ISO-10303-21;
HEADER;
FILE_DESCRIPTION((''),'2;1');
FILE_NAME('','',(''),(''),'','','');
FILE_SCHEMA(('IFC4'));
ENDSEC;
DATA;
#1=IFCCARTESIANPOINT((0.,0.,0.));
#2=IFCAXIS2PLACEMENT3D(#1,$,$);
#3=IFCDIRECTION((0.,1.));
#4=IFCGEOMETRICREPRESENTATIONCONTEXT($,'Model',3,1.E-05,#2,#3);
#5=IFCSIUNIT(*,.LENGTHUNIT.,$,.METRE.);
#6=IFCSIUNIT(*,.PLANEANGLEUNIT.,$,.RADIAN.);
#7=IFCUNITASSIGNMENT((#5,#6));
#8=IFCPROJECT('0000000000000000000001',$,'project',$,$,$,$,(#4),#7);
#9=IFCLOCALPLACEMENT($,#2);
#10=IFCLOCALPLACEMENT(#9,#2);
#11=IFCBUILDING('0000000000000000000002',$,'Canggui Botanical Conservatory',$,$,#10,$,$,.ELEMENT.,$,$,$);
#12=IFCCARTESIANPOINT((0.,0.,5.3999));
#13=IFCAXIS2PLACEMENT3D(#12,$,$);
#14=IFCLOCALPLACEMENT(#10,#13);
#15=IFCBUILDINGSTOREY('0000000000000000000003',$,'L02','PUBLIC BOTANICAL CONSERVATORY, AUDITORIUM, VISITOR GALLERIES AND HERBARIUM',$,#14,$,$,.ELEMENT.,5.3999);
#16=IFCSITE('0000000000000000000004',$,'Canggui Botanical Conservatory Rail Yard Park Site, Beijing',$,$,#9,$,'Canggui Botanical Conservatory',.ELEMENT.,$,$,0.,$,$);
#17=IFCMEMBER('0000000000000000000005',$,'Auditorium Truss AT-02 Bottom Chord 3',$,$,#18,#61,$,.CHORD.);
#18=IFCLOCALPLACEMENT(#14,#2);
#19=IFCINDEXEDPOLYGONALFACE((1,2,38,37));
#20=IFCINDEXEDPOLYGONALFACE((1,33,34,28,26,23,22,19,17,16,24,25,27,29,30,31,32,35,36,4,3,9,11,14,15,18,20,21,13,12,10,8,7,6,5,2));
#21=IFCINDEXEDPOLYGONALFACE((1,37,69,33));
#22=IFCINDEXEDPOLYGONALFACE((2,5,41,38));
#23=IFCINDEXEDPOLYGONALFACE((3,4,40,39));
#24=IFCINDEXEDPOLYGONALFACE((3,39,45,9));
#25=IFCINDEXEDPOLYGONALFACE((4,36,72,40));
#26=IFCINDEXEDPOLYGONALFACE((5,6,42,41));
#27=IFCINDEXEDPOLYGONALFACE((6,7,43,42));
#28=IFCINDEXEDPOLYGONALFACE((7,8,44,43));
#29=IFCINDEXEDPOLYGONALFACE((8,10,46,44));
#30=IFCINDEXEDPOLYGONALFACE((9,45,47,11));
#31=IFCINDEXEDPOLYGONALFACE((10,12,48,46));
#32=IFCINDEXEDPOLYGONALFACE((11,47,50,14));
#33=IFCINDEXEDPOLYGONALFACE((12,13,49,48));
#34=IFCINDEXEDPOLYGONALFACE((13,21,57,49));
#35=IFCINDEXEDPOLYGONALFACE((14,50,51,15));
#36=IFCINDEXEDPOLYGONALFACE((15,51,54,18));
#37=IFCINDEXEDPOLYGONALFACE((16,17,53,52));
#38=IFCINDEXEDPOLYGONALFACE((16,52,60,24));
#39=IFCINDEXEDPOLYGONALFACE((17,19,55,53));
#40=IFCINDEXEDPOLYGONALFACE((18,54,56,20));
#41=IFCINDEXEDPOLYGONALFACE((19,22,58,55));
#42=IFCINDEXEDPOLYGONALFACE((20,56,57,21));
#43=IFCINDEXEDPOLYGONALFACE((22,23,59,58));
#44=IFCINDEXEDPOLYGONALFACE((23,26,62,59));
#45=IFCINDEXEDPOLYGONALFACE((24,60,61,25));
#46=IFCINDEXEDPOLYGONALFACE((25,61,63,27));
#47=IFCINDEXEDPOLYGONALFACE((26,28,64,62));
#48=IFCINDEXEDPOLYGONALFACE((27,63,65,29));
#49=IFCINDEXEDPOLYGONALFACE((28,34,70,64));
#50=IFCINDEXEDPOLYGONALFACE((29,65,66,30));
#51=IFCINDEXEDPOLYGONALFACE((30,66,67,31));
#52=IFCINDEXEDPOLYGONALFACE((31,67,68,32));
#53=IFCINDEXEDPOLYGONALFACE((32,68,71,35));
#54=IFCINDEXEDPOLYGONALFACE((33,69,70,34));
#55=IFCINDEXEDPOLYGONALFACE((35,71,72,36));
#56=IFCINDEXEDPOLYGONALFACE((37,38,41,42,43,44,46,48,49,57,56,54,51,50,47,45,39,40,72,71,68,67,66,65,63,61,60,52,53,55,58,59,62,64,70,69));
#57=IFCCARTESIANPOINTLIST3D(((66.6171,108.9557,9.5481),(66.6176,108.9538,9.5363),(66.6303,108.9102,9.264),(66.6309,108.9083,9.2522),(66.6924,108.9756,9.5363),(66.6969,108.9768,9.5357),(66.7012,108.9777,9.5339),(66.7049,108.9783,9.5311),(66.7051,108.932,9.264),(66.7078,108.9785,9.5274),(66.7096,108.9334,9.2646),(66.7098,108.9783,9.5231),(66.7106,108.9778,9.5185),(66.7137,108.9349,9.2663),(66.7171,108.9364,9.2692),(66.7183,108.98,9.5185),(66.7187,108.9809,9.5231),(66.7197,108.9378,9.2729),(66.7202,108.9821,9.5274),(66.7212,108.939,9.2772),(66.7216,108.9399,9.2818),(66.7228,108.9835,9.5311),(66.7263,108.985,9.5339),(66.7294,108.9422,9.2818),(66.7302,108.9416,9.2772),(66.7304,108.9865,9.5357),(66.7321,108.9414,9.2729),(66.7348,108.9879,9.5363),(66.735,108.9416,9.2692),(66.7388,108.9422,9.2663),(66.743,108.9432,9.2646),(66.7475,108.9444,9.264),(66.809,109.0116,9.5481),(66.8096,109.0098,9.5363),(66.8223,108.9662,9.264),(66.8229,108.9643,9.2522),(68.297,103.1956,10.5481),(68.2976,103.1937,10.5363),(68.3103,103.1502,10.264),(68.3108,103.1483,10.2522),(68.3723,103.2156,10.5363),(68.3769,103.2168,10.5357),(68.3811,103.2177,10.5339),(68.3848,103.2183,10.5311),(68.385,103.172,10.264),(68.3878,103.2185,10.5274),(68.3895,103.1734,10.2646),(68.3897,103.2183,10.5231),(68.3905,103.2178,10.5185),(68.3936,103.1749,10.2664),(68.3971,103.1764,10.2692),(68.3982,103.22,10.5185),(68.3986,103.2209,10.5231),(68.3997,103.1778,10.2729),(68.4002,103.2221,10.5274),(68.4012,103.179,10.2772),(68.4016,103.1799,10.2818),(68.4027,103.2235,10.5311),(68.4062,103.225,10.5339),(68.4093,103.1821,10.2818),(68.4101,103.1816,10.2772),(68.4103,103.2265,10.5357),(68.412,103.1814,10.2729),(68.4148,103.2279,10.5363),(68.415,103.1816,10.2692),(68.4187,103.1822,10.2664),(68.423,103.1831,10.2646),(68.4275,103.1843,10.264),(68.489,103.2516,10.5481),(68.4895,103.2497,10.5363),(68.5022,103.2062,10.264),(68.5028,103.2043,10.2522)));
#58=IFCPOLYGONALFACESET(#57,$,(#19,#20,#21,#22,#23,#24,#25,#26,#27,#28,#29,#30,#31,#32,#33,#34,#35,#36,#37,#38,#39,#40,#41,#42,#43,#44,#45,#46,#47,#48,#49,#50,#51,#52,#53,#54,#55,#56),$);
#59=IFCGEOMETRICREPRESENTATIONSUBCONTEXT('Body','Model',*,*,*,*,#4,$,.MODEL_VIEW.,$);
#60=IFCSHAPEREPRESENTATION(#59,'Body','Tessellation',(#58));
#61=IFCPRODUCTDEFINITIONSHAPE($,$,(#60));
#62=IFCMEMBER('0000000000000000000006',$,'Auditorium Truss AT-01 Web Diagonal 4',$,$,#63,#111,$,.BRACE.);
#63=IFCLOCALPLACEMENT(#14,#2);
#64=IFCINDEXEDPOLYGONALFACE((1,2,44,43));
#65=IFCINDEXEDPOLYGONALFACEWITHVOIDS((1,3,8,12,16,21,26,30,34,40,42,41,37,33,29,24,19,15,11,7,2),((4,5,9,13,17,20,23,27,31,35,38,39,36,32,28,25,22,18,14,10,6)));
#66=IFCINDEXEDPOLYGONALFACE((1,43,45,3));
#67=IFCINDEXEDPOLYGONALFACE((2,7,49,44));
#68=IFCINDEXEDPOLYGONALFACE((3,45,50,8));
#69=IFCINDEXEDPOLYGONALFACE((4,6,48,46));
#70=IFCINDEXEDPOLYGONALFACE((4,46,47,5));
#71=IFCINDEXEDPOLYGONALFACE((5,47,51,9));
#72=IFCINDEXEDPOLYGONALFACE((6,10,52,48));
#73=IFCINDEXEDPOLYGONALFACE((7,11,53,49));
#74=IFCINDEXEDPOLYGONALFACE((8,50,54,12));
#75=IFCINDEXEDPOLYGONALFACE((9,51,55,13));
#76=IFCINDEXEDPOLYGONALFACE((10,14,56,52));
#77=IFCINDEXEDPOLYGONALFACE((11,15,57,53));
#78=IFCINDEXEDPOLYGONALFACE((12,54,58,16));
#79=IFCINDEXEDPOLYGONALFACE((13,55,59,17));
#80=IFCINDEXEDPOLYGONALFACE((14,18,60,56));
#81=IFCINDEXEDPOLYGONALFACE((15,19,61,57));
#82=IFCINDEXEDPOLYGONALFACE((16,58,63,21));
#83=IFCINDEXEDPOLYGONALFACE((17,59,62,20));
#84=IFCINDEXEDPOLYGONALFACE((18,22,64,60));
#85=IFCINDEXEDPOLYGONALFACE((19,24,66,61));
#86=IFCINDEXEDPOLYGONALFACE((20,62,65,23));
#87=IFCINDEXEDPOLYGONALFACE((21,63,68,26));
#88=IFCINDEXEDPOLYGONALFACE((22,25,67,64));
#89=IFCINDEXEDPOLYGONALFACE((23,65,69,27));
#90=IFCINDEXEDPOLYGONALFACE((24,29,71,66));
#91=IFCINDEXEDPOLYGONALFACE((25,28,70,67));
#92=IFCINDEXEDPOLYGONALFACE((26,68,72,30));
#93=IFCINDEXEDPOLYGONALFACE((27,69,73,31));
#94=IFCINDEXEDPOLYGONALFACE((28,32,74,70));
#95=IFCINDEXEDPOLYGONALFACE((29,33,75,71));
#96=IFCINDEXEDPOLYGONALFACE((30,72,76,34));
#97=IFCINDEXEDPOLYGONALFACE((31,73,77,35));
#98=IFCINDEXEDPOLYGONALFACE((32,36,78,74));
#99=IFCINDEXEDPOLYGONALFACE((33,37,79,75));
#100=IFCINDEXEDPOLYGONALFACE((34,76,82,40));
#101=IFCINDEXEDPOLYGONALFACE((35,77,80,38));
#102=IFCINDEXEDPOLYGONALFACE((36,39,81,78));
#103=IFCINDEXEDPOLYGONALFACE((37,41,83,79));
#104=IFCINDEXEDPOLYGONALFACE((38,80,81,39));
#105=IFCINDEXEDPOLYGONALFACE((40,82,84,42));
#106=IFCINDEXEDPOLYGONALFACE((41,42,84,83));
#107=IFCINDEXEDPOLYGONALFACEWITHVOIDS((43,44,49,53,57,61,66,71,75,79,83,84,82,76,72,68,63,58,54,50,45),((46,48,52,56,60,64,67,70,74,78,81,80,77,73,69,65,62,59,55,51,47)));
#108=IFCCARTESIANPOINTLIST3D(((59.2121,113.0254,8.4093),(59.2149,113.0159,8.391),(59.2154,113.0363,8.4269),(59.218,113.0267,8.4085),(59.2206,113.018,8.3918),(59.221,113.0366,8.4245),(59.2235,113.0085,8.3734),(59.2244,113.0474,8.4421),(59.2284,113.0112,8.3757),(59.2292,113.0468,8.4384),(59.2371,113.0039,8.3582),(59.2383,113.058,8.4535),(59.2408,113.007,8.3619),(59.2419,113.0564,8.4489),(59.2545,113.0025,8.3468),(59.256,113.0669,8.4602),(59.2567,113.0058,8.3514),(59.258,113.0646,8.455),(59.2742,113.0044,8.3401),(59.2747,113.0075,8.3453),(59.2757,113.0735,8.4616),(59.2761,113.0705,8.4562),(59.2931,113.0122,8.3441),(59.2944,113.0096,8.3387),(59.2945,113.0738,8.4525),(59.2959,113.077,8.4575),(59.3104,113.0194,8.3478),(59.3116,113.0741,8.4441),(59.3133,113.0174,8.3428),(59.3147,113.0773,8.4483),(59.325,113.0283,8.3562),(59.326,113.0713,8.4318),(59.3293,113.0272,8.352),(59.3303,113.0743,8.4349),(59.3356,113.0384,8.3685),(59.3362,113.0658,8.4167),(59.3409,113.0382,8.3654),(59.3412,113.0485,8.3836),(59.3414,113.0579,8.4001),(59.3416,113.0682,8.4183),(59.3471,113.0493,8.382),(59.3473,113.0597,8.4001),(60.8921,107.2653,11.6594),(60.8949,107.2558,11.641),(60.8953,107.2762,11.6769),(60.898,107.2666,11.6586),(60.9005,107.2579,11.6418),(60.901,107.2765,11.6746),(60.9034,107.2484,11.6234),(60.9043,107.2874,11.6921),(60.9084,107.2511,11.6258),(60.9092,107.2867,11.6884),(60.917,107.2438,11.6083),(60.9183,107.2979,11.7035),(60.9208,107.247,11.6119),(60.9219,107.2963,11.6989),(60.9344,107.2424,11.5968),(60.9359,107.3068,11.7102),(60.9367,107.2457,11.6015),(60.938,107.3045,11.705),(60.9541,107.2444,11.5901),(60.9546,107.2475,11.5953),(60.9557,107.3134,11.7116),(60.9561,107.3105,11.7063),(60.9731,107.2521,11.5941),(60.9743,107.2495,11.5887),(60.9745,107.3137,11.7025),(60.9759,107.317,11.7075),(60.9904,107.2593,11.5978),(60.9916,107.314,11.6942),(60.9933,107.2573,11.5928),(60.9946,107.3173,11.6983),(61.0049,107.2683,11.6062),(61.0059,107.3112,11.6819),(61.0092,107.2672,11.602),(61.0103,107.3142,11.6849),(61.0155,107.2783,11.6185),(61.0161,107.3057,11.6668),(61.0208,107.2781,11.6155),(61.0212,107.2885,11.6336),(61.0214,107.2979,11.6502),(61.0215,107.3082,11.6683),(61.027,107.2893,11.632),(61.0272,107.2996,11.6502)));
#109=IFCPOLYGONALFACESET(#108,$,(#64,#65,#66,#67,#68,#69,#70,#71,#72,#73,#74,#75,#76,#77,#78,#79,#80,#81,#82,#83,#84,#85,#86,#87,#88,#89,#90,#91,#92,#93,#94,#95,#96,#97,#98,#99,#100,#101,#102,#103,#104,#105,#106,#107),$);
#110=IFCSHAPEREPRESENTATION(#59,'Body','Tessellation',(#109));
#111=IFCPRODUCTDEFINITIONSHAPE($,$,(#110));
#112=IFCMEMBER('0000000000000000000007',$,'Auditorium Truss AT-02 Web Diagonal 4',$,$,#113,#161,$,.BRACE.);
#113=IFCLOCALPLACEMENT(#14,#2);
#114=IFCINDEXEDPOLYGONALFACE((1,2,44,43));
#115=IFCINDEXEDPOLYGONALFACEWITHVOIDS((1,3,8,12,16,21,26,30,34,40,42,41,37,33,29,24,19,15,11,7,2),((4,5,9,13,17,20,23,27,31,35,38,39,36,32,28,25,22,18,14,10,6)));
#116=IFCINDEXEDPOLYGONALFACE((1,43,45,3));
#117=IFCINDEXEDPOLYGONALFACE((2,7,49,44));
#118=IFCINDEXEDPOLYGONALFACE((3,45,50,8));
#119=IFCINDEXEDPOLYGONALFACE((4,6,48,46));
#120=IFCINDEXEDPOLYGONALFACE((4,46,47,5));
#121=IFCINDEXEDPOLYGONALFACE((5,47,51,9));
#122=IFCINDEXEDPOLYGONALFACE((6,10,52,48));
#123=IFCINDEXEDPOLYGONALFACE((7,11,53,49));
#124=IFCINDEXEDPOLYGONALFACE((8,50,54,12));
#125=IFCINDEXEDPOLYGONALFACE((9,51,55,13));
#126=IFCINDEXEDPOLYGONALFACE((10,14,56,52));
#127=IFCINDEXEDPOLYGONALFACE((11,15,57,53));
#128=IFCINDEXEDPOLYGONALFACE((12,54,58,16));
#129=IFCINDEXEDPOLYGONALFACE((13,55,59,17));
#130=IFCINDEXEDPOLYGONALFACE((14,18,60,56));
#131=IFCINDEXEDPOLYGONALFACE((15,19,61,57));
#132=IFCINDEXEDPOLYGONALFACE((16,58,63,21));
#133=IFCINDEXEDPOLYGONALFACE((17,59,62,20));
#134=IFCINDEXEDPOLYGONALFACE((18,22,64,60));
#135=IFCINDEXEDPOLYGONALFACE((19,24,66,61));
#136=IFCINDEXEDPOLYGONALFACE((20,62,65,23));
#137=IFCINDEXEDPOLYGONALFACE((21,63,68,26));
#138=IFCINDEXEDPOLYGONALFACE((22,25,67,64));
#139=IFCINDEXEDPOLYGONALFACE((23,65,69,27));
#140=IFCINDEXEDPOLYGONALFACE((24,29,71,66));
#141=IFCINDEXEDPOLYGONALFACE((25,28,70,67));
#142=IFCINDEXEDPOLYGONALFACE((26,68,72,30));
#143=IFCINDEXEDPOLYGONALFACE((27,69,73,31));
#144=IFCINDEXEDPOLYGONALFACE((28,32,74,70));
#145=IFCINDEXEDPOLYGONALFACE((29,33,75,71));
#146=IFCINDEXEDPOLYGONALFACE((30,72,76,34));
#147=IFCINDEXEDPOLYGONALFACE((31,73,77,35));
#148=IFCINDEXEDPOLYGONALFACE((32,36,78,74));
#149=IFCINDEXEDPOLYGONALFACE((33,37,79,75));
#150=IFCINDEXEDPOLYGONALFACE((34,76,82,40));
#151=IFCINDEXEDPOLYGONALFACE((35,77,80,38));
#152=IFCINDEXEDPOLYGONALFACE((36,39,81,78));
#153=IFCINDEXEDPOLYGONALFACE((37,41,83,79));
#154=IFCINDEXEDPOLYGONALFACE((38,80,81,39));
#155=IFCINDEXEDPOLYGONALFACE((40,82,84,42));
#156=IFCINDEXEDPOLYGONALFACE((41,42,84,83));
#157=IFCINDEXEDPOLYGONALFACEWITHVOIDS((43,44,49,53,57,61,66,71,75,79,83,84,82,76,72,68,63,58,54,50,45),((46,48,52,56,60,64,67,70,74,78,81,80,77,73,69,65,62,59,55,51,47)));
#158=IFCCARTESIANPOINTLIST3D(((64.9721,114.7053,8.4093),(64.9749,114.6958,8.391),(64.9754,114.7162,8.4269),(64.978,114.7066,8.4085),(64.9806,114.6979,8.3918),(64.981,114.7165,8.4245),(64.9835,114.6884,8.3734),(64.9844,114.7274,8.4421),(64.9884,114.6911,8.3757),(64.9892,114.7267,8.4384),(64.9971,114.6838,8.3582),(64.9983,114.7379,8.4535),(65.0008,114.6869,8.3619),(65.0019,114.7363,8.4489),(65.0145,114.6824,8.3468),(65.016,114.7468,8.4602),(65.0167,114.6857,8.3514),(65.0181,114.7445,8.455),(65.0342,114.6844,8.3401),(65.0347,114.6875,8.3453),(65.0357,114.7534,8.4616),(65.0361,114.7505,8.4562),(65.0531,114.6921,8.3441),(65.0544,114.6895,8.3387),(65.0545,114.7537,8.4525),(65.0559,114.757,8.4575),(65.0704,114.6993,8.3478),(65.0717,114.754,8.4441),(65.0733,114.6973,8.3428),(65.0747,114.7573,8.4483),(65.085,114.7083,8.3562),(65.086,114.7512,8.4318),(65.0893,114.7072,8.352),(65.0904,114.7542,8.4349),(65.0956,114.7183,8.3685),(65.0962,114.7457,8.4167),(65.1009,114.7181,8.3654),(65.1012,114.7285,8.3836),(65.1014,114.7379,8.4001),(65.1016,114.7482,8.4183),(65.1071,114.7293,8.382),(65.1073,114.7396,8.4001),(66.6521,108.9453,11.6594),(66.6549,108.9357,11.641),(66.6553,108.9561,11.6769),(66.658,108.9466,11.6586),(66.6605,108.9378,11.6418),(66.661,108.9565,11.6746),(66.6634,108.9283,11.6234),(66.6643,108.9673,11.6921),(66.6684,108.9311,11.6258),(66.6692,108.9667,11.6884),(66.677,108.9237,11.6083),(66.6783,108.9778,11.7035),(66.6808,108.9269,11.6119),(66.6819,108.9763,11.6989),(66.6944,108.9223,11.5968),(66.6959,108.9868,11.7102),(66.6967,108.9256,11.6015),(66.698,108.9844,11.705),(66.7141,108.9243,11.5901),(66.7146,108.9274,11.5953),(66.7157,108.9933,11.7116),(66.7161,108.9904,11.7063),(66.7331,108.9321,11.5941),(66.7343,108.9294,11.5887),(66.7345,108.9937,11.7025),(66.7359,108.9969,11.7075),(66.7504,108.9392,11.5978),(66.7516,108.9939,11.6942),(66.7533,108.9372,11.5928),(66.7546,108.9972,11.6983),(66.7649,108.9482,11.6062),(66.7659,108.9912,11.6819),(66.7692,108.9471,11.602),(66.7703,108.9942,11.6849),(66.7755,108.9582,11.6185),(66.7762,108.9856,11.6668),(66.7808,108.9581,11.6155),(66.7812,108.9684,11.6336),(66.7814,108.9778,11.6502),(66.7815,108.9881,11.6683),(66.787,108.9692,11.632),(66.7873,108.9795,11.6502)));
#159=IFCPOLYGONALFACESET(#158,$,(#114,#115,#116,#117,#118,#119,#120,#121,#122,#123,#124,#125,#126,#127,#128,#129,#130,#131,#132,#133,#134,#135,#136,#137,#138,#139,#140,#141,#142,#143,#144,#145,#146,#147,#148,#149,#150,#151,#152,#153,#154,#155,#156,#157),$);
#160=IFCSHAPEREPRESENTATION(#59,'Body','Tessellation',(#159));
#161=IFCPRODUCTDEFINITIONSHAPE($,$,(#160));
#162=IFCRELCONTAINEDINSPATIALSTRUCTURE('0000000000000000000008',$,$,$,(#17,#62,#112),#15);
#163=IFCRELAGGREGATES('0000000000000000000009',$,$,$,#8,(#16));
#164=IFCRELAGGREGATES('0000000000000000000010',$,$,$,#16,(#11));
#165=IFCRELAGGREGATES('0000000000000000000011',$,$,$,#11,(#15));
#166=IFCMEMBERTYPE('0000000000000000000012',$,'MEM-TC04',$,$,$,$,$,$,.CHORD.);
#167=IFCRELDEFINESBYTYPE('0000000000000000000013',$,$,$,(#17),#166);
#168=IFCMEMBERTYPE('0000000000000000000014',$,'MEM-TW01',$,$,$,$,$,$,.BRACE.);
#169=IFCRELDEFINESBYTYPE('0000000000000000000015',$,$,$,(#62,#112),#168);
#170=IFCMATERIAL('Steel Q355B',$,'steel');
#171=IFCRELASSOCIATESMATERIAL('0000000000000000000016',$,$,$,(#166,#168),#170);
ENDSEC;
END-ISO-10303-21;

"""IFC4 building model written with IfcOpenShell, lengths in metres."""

from ifc_helpers import new_model, si_unit, direction, frame, origin, origin_2d, place, context, subcontext, project, spatial, hollow_circle, i_section, extrude, material, material_profile, profile_set, type_object, element, save


model = new_model("IFC4")

# Units and contexts
model_context = context("Model", 3, precision=1e-05, world=origin(), true_north=direction((0.0, 1.0)))
body_context = subcontext(model_context, "Body", "Model", "MODEL_VIEW")
ifc_project = project(units=[si_unit("LENGTHUNIT", "METRE"), si_unit("PLANEANGLEUNIT", "RADIAN")], contexts=[model_context])

# Site, building, storey
site_placement = place(None, origin())
site = spatial("IfcSite", under=ifc_project, at=site_placement, Name="Canggui Botanical Conservatory Rail Yard Park Site, Beijing", LongName="Canggui Botanical Conservatory", CompositionType="ELEMENT", RefElevation=0.0)
building_placement = place(site_placement, origin())
building = spatial("IfcBuilding", under=site, at=building_placement, Name="Canggui Botanical Conservatory", CompositionType="ELEMENT")
storey_placement = place(building_placement, frame((0.0, 0.0, 5.3999)))
storey = spatial("IfcBuildingStorey", under=building, at=storey_placement, Name="L02", Description="PUBLIC BOTANICAL CONSERVATORY, AUDITORIUM, VISITOR GALLERIES AND HERBARIUM", CompositionType="ELEMENT", Elevation=5.3999)

# Members
ifc_material_1 = material(Name="Steel Q355B", Category="steel")
ifc_material_profile_1 = material_profile(ifc_material_1, i_section(OverallWidth=0.2, OverallDepth=0.3, WebThickness=0.0081, FlangeThickness=0.012, FilletRadius=0.0181, at=origin_2d()), Name="HM 300x200x8x12")
ifc_profile_set_1 = profile_set([ifc_material_profile_1], Name="Steel Q355B")
member_type_1 = type_object("IfcMemberType", Name="MEM-TC04", PredefinedType="CHORD", material=ifc_profile_set_1)
member_1_placement = place(storey_placement, frame((68.3999, 103.2, 10.4001), z_axis=(-0.276179, 0.946941, -0.164399), x_axis=(-0.960003, -0.279989, 0.0)))
element("IfcMember", 1, at=member_1_placement, inside=storey, type_object=member_type_1, Name="Auditorium Truss AT-02 Bottom Chord 3", PredefinedType="CHORD", context=body_context, shape_type="SweptSolid", body=[
    extrude(i_section(OverallWidth=0.2, OverallDepth=0.3, WebThickness=0.0081, FlangeThickness=0.012, FilletRadius=0.0181, at=origin_2d()), origin(), (0.0, 0.0, 1.0), 6.0828),
])
ifc_material_profile_2 = material_profile(ifc_material_1, hollow_circle(Radius=0.0701, WallThickness=0.0061, at=origin_2d()), Name="CHS 140x6")
ifc_profile_set_2 = profile_set([ifc_material_profile_2], Name="Steel Q355B")
member_type_2 = type_object("IfcMemberType", Name="MEM-TW01", PredefinedType="BRACE", material=ifc_profile_set_2)
for number, where, z_axis, x_axis, name in (
    (2, (59.28, 113.04, 8.4001), (0.246192, -0.844123, 0.476284), (0.960003, 0.279989, 0.0), "Auditorium Truss AT-01 Web Diagonal 4"),
    (3, (65.04, 114.72, 8.4001), (0.246192, -0.844123, 0.476284), (0.960003, 0.279989, 0.0), "Auditorium Truss AT-02 Web Diagonal 4"),
):
    element("IfcMember", number, at=place(storey_placement, frame(where, z_axis=z_axis, x_axis=x_axis)), inside=storey, type_object=member_type_2, Name=name, PredefinedType="BRACE", context=body_context, shape_type="SweptSolid", body=[
        extrude(hollow_circle(Radius=0.0701, WallThickness=0.0061, at=origin_2d()), origin(), (0.0, 0.0, 1.0), 6.8237),
    ])

save(model, "model.ifc")
